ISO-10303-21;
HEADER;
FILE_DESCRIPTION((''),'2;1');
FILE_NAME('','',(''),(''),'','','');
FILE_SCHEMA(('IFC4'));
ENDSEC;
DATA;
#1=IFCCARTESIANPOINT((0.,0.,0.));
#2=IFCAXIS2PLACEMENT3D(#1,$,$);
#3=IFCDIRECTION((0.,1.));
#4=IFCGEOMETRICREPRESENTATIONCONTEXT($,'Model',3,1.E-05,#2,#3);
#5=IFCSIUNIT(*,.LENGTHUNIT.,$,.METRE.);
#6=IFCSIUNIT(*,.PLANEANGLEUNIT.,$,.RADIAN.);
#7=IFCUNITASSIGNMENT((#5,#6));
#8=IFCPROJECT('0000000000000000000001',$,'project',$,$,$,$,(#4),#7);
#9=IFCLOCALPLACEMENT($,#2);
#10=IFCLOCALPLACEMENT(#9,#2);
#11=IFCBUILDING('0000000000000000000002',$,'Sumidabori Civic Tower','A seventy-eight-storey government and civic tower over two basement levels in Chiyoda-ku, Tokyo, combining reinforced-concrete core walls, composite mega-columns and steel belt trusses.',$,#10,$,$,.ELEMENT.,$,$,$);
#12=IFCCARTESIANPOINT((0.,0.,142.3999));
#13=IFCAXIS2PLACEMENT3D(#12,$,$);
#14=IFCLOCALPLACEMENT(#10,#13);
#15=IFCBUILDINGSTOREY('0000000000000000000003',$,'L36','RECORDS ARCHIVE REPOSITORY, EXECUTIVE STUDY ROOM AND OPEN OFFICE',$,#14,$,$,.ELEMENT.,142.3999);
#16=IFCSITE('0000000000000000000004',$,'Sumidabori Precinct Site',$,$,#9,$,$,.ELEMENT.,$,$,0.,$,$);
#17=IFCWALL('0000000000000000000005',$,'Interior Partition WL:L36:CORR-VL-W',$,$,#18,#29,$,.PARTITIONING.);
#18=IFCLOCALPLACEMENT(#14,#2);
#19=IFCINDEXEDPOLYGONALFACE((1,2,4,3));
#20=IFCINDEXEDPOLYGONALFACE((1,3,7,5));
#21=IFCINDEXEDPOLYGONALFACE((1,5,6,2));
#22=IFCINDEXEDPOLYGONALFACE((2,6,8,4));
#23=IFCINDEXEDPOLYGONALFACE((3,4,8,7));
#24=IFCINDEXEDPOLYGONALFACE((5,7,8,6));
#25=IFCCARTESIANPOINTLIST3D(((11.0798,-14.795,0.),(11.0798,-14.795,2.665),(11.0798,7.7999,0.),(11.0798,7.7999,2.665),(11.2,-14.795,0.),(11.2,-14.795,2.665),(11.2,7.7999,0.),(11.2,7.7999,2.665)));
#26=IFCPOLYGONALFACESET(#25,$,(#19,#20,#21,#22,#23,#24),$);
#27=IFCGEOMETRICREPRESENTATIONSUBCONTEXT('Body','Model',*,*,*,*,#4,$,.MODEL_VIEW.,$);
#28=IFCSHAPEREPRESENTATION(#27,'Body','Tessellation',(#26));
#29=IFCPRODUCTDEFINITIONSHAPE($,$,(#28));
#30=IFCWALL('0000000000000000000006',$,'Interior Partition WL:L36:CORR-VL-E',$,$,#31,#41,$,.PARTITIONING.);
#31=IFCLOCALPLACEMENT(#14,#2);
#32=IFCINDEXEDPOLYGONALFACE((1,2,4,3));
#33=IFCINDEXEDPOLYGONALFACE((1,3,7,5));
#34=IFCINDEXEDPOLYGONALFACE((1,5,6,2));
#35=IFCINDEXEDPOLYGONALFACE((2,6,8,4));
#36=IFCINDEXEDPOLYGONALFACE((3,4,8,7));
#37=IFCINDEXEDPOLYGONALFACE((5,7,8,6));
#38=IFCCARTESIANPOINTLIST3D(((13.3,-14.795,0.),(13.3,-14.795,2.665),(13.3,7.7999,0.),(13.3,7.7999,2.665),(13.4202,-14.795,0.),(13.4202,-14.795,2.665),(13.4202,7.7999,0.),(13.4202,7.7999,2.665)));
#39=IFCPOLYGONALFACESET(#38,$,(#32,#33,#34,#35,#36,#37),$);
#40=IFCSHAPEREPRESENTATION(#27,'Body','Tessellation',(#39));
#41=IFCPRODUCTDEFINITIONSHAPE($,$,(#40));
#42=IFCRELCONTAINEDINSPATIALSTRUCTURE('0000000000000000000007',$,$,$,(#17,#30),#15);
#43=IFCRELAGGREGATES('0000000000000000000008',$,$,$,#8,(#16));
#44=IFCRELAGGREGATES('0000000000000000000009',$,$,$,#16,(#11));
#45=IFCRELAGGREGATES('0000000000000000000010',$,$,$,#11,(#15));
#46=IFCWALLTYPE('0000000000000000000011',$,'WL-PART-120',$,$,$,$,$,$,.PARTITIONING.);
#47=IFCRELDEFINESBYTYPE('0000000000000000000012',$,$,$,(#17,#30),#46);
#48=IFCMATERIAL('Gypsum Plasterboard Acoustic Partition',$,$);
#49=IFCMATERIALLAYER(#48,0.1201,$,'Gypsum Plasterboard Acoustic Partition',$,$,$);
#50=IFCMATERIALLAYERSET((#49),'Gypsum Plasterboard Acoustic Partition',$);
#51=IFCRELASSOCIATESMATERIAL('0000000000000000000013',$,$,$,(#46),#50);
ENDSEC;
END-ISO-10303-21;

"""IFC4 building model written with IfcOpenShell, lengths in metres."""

from ifc_helpers import new_model, si_unit, direction, frame, frame_2d, origin, place, context, subcontext, project, spatial, rectangle, extrude, source, transform, mapped, material, layer, layer_set, type_object, element, save


model = new_model("IFC4")

# Units and contexts
model_context = context("Model", 3, precision=1e-05, world=origin(), true_north=direction((0.0, 1.0)))
body_context = subcontext(model_context, "Body", "Model", "MODEL_VIEW")
ifc_project = project(units=[si_unit("LENGTHUNIT", "METRE"), si_unit("PLANEANGLEUNIT", "RADIAN")], contexts=[model_context])

# Site, building, storey
site_placement = place(None, origin())
site = spatial("IfcSite", under=ifc_project, at=site_placement, Name="Sumidabori Precinct Site", CompositionType="ELEMENT", RefElevation=0.0)
building_placement = place(site_placement, origin())
building = spatial("IfcBuilding", under=site, at=building_placement, Name="Sumidabori Civic Tower", Description="A seventy-eight-storey government and civic tower over two basement levels in Chiyoda-ku, Tokyo, combining reinforced-concrete core walls, composite mega-columns and steel belt trusses.", CompositionType="ELEMENT")
storey_placement = place(building_placement, frame((0.0, 0.0, 142.3999)))
storey = spatial("IfcBuildingStorey", under=building, at=storey_placement, Name="L36", Description="RECORDS ARCHIVE REPOSITORY, EXECUTIVE STUDY ROOM AND OPEN OFFICE", CompositionType="ELEMENT", Elevation=142.3999)

# Walls
ifc_material_1 = material(Name="Gypsum Plasterboard Acoustic Partition")
ifc_layer_1 = layer(ifc_material_1, 0.1201, Name="Gypsum Plasterboard Acoustic Partition")
ifc_layer_set_1 = layer_set([ifc_layer_1], Name="Gypsum Plasterboard Acoustic Partition")
wall_type_1 = type_object("IfcWallType", Name="WL-PART-120", PredefinedType="PARTITIONING", material=ifc_layer_set_1)
shared_shape_1 = source(origin(), body_context, "Body", "SweptSolid", [
    extrude(rectangle(XDim=22.595, YDim=0.1201, at=frame_2d((11.2974, 0.0))), origin(), (0.0, 0.0, 1.0), 2.665),
])
for number, where, z_axis, x_axis, name in (
    (1, (11.1399, -14.7949, 0.0), (0.0, 0.0, 1.0), (0.0, 1.0, 0.0), "Interior Partition WL:L36:CORR-VL-W"),
    (2, (13.3601, -14.7949, 0.0), (0.0, 0.0, 1.0), (0.0, 1.0, 0.0), "Interior Partition WL:L36:CORR-VL-E"),
):
    element("IfcWall", number, at=place(storey_placement, frame(where, z_axis=z_axis, x_axis=x_axis)), inside=storey, type_object=wall_type_1, Name=name, PredefinedType="PARTITIONING", context=body_context, shape_type="MappedRepresentation", body=[
        mapped(shared_shape_1, transform((0.0, 0.0, 0.0), x_axis=(1.0, 0.0, 0.0), y_axis=(0.0, 1.0, 0.0), z_axis=(0.0, 0.0, 1.0), scale=1.0)),
    ])

save(model, "model.ifc")
